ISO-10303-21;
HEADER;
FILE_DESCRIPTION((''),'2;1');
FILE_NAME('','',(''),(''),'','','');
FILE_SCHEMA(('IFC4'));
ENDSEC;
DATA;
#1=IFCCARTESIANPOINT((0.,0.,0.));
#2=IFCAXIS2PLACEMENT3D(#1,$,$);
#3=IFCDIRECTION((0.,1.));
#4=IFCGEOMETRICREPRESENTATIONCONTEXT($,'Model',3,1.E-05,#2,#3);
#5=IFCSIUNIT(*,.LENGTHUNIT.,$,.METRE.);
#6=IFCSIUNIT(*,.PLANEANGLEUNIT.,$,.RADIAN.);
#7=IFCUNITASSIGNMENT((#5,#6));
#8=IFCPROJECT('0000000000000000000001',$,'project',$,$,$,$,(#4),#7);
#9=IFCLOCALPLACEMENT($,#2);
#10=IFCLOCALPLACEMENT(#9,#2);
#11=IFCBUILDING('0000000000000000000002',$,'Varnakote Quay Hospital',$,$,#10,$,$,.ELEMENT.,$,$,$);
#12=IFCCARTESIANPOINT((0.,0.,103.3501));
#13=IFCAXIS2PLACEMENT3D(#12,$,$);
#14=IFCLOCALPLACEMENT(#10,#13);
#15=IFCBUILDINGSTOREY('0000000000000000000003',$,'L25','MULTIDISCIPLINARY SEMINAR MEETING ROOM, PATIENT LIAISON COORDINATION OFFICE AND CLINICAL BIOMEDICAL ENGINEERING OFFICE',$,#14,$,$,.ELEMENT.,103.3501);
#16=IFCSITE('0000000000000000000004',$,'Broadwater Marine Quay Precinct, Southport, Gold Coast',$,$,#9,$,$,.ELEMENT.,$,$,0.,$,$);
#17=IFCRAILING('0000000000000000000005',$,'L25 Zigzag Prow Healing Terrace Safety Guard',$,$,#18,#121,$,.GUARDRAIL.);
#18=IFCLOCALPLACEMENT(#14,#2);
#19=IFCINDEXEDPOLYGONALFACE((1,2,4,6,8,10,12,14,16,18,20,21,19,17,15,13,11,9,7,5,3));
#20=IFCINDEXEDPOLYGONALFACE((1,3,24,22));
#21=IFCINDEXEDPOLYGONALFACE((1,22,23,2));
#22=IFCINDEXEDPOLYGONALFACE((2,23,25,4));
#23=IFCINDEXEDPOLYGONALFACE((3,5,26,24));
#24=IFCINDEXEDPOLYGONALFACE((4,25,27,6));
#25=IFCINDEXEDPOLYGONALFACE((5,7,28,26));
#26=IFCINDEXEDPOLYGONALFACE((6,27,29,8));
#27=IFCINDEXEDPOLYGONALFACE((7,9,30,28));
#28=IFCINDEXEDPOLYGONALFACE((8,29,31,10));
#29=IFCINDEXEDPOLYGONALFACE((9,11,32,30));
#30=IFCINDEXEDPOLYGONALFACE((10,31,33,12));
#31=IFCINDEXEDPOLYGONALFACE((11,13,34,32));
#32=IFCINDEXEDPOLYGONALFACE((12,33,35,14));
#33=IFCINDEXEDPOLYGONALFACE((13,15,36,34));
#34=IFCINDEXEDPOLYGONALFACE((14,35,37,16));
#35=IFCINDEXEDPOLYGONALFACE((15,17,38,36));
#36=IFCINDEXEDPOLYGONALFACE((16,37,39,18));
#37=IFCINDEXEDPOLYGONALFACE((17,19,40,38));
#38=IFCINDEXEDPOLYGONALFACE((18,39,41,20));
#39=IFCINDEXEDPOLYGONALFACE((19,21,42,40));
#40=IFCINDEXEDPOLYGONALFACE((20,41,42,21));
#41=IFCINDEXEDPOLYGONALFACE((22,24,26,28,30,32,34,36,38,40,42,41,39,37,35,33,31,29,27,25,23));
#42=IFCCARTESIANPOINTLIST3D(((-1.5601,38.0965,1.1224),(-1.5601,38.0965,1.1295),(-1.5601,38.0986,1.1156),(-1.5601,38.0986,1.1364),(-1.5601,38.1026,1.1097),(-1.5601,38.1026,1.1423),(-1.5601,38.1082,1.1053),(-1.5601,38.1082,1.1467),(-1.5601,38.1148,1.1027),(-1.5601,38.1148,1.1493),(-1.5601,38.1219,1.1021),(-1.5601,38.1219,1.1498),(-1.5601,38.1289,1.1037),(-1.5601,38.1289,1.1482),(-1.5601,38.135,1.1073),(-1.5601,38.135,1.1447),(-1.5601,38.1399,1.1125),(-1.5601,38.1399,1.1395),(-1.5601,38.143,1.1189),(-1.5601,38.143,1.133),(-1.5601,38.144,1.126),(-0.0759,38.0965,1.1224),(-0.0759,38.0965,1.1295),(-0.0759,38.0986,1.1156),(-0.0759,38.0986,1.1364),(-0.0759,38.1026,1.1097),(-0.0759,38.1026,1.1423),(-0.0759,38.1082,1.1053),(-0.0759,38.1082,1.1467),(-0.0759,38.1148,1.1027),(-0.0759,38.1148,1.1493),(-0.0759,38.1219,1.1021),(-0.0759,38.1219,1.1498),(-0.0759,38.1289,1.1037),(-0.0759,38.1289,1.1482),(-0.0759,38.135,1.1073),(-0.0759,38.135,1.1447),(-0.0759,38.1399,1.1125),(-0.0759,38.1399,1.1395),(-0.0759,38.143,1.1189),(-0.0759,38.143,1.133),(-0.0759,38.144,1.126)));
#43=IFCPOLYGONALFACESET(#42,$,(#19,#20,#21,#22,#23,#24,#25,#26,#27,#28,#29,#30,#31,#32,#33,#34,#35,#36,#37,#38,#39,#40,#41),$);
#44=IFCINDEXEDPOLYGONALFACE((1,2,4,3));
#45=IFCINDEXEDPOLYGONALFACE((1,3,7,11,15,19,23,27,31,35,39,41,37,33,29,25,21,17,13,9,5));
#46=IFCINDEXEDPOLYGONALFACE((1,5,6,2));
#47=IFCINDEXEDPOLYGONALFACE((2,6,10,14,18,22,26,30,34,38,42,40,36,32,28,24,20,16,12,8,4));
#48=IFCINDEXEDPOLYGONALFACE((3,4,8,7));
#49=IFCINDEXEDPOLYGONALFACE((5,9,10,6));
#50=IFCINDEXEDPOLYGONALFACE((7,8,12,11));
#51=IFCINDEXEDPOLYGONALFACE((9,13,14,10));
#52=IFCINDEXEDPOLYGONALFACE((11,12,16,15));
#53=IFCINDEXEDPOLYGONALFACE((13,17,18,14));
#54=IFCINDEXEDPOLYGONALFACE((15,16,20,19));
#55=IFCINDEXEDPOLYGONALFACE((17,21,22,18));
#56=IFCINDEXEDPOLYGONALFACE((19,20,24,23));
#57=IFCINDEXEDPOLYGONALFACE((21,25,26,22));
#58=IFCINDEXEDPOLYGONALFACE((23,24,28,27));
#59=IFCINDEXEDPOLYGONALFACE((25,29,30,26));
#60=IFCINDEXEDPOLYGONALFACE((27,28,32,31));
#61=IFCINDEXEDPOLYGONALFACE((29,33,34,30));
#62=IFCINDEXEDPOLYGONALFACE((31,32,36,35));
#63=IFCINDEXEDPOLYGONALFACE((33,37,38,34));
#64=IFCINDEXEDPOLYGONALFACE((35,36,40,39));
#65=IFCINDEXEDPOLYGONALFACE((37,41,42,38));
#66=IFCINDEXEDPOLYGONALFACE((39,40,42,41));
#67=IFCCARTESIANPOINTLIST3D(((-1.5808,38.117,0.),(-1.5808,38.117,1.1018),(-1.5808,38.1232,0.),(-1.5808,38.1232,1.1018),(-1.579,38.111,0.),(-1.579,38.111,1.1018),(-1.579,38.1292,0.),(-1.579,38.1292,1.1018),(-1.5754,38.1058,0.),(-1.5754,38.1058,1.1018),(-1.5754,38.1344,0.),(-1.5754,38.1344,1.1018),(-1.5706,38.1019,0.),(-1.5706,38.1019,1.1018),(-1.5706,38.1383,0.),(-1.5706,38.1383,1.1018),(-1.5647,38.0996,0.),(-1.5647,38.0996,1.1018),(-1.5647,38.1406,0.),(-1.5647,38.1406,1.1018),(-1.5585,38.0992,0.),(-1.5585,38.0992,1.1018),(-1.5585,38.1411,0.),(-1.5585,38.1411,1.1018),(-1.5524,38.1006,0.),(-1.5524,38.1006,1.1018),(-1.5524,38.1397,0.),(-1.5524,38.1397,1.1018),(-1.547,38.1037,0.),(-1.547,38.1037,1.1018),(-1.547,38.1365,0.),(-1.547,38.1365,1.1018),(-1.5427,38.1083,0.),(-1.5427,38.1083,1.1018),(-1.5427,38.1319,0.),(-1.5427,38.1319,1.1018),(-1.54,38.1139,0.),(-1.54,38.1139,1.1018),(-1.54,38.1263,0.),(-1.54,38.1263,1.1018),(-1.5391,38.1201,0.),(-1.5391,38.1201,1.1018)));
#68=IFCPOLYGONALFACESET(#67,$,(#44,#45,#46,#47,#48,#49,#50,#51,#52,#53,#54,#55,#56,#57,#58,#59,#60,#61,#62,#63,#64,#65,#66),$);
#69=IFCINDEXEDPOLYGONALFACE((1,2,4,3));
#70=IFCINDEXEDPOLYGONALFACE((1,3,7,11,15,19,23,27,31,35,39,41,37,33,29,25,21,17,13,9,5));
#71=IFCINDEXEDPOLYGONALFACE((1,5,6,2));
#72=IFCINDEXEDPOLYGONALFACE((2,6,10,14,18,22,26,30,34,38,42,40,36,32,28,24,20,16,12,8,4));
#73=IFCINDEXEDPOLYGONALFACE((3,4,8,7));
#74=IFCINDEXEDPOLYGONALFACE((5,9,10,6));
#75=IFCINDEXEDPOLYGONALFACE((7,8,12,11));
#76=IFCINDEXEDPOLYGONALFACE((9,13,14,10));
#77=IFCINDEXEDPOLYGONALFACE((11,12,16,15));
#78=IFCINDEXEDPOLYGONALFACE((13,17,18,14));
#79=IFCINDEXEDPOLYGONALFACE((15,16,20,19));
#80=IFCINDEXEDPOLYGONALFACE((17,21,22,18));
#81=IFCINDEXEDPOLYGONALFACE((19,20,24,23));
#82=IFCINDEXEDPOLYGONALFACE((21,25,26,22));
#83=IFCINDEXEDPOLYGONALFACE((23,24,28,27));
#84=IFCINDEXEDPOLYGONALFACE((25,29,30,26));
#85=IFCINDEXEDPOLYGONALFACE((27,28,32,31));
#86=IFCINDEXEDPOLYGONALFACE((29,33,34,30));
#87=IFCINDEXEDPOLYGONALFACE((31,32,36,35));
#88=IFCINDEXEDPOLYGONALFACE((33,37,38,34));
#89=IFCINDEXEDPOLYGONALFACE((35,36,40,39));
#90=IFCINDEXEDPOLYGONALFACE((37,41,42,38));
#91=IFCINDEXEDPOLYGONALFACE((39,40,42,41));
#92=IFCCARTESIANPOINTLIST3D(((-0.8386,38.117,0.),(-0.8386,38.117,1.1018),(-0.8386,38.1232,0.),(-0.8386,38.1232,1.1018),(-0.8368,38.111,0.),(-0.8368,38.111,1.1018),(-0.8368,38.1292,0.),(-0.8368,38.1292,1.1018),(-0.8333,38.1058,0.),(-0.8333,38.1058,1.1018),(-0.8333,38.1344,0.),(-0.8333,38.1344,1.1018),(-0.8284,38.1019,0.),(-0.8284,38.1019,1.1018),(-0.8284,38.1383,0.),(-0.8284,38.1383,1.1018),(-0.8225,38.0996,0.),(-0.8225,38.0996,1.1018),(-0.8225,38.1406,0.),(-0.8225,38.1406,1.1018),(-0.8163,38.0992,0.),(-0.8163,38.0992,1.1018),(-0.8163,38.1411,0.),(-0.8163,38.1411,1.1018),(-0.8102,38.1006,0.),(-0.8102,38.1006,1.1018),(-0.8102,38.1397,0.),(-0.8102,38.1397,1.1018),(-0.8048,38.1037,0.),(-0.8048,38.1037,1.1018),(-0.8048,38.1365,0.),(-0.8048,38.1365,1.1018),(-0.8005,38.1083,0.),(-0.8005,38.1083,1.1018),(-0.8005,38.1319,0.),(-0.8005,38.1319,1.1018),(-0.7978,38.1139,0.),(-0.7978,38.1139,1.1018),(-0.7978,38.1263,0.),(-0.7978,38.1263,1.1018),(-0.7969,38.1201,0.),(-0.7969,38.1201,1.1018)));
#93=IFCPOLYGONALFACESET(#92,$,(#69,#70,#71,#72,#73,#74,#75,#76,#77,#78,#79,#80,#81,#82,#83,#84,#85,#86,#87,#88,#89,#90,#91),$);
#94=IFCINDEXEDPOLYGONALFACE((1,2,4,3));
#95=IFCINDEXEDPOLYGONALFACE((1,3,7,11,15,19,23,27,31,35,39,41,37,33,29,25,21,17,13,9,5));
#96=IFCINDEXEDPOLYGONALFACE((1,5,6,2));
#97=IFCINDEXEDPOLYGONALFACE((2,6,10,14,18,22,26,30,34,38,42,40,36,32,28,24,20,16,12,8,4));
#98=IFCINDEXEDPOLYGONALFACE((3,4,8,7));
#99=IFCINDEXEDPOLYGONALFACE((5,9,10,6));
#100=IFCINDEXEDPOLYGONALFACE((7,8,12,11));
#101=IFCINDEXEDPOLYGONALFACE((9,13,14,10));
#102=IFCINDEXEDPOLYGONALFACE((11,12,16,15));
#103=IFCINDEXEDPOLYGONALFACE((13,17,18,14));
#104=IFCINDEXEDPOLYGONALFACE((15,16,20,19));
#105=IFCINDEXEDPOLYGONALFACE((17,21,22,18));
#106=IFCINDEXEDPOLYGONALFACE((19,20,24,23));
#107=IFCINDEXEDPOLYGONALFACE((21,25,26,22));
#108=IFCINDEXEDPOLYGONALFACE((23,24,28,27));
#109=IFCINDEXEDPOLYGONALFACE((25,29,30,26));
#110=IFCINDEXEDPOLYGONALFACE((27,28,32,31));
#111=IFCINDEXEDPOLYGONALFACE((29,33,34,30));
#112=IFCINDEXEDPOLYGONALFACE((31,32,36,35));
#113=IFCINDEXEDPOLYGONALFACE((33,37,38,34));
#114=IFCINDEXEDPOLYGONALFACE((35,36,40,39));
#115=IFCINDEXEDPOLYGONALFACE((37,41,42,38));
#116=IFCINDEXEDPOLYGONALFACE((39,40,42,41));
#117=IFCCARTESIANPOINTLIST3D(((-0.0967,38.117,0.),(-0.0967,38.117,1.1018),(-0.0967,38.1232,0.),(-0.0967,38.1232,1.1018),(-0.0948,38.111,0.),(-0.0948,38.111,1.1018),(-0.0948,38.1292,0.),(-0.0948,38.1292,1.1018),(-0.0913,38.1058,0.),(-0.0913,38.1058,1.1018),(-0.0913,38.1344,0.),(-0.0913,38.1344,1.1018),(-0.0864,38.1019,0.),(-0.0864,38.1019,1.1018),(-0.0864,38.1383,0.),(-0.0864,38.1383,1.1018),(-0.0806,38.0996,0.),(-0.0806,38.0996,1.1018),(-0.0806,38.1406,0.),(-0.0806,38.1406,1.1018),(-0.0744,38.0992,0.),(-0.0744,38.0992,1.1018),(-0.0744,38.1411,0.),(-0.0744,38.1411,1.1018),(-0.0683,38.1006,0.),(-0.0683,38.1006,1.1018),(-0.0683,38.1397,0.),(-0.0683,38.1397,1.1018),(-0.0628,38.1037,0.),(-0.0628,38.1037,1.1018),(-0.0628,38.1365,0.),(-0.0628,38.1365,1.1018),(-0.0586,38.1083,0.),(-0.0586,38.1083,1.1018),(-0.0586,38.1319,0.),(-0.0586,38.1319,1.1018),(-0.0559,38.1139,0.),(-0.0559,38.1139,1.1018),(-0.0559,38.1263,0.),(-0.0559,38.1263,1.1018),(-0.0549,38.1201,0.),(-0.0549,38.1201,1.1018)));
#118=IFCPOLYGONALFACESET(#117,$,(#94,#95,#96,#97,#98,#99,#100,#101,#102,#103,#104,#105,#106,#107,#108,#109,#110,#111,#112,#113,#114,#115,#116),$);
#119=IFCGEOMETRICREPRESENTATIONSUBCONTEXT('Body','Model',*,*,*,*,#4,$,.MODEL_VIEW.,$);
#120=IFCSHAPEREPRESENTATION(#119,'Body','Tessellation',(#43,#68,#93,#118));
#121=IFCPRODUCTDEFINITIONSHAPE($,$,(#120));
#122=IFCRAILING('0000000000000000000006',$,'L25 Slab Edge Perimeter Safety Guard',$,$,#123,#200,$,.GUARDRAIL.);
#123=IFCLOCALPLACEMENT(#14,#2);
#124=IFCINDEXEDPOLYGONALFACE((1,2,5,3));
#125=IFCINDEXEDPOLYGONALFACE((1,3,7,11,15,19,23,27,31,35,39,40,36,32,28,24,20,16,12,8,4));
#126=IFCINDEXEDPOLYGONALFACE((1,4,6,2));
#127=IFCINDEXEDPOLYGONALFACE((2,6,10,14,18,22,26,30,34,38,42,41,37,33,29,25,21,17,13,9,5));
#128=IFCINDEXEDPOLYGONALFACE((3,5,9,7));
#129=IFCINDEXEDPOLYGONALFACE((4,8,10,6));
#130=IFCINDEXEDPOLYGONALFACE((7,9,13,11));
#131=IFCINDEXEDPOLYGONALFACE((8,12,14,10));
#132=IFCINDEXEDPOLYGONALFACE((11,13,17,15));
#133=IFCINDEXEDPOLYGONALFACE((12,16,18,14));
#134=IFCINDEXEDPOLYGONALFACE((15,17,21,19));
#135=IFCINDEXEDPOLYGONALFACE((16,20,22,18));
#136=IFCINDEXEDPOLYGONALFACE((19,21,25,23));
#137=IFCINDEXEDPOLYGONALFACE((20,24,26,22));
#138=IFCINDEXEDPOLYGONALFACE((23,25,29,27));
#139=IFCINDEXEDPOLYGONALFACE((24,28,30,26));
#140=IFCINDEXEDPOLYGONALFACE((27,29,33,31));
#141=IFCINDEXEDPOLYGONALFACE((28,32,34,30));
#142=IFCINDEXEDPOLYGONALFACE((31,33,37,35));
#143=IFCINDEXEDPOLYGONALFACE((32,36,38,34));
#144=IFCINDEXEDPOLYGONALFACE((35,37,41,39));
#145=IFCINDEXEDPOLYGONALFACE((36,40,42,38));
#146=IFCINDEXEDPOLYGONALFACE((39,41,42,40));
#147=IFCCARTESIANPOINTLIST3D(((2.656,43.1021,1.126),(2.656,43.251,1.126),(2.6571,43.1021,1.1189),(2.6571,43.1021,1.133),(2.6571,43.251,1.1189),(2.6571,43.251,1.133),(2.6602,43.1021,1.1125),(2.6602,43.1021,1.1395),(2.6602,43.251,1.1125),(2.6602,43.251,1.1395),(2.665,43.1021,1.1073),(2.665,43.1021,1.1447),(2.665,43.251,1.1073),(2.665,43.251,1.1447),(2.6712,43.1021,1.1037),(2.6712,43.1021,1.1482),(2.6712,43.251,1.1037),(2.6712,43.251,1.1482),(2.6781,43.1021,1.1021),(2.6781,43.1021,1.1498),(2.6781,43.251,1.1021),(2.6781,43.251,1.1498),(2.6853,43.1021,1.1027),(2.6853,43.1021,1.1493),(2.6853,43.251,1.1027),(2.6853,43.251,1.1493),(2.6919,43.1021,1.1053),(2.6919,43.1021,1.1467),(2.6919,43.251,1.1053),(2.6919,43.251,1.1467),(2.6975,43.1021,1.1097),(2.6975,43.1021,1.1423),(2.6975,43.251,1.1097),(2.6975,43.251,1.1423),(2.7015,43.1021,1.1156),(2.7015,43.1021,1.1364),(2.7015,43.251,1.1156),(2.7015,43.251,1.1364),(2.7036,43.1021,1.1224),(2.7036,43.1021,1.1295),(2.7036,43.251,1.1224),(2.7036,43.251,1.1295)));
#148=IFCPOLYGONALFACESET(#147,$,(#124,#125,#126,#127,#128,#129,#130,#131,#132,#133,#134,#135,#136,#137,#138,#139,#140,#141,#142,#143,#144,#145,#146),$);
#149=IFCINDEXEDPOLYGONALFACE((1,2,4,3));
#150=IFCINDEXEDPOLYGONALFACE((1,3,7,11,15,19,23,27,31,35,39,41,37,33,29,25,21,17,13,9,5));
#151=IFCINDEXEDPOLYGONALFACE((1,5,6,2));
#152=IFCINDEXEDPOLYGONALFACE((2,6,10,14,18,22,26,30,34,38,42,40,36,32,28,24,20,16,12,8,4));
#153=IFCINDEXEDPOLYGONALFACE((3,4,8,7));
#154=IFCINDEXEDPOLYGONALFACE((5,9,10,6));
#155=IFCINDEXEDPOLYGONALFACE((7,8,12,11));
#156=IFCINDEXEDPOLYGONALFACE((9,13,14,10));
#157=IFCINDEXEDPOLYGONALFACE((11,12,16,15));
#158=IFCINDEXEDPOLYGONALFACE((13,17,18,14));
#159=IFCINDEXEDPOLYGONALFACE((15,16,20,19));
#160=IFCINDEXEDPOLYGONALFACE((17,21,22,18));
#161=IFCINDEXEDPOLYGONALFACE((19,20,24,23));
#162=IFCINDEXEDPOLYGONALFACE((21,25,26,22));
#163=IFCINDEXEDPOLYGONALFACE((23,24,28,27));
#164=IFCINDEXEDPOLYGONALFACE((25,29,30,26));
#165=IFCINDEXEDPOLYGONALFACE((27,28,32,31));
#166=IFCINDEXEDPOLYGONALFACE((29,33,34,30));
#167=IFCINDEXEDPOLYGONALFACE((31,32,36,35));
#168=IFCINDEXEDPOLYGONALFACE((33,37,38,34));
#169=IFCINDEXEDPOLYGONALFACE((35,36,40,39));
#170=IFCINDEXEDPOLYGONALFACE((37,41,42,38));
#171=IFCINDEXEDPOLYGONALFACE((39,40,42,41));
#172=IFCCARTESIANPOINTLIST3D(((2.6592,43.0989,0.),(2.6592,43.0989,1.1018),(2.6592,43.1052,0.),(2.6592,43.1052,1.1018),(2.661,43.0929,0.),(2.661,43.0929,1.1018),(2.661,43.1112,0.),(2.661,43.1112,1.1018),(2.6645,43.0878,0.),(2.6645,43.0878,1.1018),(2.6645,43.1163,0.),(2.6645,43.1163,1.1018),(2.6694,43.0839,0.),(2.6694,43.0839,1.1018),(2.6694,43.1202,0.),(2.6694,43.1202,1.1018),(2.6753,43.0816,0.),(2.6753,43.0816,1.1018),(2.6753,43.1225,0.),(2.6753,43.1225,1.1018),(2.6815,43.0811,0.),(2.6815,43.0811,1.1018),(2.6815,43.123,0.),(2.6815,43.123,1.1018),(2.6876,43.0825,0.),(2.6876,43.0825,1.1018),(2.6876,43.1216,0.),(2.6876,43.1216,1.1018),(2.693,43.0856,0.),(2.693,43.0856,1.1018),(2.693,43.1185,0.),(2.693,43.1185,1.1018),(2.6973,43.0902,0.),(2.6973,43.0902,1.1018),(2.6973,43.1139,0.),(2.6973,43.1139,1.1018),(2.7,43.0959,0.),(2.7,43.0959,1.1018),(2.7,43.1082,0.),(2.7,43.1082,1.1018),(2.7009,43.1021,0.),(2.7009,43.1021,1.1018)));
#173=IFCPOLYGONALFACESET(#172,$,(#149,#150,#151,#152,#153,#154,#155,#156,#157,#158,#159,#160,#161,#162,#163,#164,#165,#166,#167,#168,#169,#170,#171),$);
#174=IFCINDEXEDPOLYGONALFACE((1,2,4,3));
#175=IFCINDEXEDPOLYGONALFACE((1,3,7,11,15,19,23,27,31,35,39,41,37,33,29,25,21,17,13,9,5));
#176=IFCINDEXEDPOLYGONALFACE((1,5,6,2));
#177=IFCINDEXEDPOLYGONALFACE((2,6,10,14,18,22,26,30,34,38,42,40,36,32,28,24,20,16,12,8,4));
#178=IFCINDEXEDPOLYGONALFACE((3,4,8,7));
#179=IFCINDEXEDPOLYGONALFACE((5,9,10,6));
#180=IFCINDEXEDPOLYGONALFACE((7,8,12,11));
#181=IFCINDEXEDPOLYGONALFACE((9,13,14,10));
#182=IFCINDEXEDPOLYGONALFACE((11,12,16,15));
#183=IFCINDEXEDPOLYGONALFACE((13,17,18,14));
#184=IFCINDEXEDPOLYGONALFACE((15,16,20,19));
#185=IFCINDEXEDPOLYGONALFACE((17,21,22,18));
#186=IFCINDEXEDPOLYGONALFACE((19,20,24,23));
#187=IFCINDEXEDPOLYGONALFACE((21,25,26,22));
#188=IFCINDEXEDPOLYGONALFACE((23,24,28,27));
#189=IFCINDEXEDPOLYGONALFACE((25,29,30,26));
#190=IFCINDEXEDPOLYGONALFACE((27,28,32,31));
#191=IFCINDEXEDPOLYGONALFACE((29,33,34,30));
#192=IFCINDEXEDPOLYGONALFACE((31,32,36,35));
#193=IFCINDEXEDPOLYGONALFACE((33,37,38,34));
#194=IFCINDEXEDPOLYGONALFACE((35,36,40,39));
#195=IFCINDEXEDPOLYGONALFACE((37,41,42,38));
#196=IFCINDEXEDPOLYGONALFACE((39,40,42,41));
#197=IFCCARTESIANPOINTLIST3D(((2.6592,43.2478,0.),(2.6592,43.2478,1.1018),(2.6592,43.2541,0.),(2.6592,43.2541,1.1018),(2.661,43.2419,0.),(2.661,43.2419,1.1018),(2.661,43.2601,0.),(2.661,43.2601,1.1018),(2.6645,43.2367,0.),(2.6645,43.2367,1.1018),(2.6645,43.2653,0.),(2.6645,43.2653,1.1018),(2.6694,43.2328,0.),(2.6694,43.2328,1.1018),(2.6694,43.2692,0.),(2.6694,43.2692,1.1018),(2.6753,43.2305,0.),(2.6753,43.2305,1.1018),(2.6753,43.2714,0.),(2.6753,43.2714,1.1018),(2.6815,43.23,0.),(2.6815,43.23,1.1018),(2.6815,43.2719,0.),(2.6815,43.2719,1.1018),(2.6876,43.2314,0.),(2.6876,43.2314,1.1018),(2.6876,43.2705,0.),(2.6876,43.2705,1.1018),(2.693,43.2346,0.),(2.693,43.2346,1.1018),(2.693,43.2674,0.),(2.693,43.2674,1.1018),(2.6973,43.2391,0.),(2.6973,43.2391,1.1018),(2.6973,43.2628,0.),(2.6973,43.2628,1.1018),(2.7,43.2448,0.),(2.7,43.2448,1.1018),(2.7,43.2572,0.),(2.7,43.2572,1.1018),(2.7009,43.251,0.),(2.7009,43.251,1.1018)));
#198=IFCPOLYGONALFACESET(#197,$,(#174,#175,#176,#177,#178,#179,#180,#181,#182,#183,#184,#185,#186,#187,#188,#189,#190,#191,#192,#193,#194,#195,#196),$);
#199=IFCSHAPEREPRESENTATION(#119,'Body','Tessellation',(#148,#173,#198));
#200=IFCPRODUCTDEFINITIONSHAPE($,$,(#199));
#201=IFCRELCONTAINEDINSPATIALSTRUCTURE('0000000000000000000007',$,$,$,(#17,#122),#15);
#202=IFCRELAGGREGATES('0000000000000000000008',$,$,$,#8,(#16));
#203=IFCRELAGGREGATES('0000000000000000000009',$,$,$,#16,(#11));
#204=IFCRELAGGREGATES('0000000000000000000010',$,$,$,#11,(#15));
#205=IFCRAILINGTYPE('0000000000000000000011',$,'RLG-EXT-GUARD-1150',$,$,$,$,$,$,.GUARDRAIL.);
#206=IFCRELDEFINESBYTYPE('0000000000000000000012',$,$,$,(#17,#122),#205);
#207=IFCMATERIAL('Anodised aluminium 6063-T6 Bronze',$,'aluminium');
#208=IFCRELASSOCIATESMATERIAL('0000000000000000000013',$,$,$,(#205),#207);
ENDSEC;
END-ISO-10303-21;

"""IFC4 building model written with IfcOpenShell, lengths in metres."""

from ifc_helpers import new_model, si_unit, direction, frame, origin, origin_2d, place, context, subcontext, project, spatial, circle, extrude, material, type_object, element, save


model = new_model("IFC4")

# Units and contexts
model_context = context("Model", 3, precision=1e-05, world=origin(), true_north=direction((0.0, 1.0)))
body_context = subcontext(model_context, "Body", "Model", "MODEL_VIEW")
ifc_project = project(units=[si_unit("LENGTHUNIT", "METRE"), si_unit("PLANEANGLEUNIT", "RADIAN")], contexts=[model_context])

# Site, building, storey
site_placement = place(None, origin())
site = spatial("IfcSite", under=ifc_project, at=site_placement, Name="Broadwater Marine Quay Precinct, Southport, Gold Coast", CompositionType="ELEMENT", RefElevation=0.0)
building_placement = place(site_placement, origin())
building = spatial("IfcBuilding", under=site, at=building_placement, Name="Varnakote Quay Hospital", CompositionType="ELEMENT")
storey_placement = place(building_placement, frame((0.0, 0.0, 103.3501)))
storey = spatial("IfcBuildingStorey", under=building, at=storey_placement, Name="L25", Description="MULTIDISCIPLINARY SEMINAR MEETING ROOM, PATIENT LIAISON COORDINATION OFFICE AND CLINICAL BIOMEDICAL ENGINEERING OFFICE", CompositionType="ELEMENT", Elevation=103.3501)

# Railings
ifc_material_1 = material(Name="Anodised aluminium 6063-T6 Bronze", Category="aluminium")
railing_type = type_object("IfcRailingType", Name="RLG-EXT-GUARD-1150", PredefinedType="GUARDRAIL", material=ifc_material_1)
railing_1_placement = place(storey_placement, frame((-1.5601, 38.1201, 0.0)))
element("IfcRailing", 1, at=railing_1_placement, inside=storey, type_object=railing_type, Name="L25 Zigzag Prow Healing Terrace Safety Guard", PredefinedType="GUARDRAIL", context=body_context, shape_type="SweptSolid", body=[
    extrude(circle(Radius=0.0239, at=origin_2d()), frame((0.0, 0.0, 1.126), z_axis=(1.0, 0.0, 0.0), x_axis=(0.0, 1.0, 0.0)), (0.0, 0.0, 1.0), 1.4841),
    extrude(circle(Radius=0.021, at=origin_2d()), origin(), (0.0, 0.0, 1.0), 1.1018),
    extrude(circle(Radius=0.021, at=origin_2d()), frame((0.7422, 0.0, 0.0)), (0.0, 0.0, 1.0), 1.1018),
    extrude(circle(Radius=0.021, at=origin_2d()), frame((1.4841, 0.0, 0.0)), (0.0, 0.0, 1.0), 1.1018),
])
railing_2_placement = place(storey_placement, frame((2.6799, 43.1021, 0.0)))
element("IfcRailing", 2, at=railing_2_placement, inside=storey, type_object=railing_type, Name="L25 Slab Edge Perimeter Safety Guard", PredefinedType="GUARDRAIL", context=body_context, shape_type="SweptSolid", body=[
    extrude(circle(Radius=0.0239, at=origin_2d()), frame((0.0, 0.0, 1.126), z_axis=(0.0, 1.0, 0.0), x_axis=(-1.0, 0.0, 0.0)), (0.0, 0.0, 1.0), 0.1489),
    extrude(circle(Radius=0.021, at=origin_2d()), origin(), (0.0, 0.0, 1.0), 1.1018),
    extrude(circle(Radius=0.021, at=origin_2d()), frame((0.0, 0.1489, 0.0)), (0.0, 0.0, 1.0), 1.1018),
])

save(model, "model.ifc")
